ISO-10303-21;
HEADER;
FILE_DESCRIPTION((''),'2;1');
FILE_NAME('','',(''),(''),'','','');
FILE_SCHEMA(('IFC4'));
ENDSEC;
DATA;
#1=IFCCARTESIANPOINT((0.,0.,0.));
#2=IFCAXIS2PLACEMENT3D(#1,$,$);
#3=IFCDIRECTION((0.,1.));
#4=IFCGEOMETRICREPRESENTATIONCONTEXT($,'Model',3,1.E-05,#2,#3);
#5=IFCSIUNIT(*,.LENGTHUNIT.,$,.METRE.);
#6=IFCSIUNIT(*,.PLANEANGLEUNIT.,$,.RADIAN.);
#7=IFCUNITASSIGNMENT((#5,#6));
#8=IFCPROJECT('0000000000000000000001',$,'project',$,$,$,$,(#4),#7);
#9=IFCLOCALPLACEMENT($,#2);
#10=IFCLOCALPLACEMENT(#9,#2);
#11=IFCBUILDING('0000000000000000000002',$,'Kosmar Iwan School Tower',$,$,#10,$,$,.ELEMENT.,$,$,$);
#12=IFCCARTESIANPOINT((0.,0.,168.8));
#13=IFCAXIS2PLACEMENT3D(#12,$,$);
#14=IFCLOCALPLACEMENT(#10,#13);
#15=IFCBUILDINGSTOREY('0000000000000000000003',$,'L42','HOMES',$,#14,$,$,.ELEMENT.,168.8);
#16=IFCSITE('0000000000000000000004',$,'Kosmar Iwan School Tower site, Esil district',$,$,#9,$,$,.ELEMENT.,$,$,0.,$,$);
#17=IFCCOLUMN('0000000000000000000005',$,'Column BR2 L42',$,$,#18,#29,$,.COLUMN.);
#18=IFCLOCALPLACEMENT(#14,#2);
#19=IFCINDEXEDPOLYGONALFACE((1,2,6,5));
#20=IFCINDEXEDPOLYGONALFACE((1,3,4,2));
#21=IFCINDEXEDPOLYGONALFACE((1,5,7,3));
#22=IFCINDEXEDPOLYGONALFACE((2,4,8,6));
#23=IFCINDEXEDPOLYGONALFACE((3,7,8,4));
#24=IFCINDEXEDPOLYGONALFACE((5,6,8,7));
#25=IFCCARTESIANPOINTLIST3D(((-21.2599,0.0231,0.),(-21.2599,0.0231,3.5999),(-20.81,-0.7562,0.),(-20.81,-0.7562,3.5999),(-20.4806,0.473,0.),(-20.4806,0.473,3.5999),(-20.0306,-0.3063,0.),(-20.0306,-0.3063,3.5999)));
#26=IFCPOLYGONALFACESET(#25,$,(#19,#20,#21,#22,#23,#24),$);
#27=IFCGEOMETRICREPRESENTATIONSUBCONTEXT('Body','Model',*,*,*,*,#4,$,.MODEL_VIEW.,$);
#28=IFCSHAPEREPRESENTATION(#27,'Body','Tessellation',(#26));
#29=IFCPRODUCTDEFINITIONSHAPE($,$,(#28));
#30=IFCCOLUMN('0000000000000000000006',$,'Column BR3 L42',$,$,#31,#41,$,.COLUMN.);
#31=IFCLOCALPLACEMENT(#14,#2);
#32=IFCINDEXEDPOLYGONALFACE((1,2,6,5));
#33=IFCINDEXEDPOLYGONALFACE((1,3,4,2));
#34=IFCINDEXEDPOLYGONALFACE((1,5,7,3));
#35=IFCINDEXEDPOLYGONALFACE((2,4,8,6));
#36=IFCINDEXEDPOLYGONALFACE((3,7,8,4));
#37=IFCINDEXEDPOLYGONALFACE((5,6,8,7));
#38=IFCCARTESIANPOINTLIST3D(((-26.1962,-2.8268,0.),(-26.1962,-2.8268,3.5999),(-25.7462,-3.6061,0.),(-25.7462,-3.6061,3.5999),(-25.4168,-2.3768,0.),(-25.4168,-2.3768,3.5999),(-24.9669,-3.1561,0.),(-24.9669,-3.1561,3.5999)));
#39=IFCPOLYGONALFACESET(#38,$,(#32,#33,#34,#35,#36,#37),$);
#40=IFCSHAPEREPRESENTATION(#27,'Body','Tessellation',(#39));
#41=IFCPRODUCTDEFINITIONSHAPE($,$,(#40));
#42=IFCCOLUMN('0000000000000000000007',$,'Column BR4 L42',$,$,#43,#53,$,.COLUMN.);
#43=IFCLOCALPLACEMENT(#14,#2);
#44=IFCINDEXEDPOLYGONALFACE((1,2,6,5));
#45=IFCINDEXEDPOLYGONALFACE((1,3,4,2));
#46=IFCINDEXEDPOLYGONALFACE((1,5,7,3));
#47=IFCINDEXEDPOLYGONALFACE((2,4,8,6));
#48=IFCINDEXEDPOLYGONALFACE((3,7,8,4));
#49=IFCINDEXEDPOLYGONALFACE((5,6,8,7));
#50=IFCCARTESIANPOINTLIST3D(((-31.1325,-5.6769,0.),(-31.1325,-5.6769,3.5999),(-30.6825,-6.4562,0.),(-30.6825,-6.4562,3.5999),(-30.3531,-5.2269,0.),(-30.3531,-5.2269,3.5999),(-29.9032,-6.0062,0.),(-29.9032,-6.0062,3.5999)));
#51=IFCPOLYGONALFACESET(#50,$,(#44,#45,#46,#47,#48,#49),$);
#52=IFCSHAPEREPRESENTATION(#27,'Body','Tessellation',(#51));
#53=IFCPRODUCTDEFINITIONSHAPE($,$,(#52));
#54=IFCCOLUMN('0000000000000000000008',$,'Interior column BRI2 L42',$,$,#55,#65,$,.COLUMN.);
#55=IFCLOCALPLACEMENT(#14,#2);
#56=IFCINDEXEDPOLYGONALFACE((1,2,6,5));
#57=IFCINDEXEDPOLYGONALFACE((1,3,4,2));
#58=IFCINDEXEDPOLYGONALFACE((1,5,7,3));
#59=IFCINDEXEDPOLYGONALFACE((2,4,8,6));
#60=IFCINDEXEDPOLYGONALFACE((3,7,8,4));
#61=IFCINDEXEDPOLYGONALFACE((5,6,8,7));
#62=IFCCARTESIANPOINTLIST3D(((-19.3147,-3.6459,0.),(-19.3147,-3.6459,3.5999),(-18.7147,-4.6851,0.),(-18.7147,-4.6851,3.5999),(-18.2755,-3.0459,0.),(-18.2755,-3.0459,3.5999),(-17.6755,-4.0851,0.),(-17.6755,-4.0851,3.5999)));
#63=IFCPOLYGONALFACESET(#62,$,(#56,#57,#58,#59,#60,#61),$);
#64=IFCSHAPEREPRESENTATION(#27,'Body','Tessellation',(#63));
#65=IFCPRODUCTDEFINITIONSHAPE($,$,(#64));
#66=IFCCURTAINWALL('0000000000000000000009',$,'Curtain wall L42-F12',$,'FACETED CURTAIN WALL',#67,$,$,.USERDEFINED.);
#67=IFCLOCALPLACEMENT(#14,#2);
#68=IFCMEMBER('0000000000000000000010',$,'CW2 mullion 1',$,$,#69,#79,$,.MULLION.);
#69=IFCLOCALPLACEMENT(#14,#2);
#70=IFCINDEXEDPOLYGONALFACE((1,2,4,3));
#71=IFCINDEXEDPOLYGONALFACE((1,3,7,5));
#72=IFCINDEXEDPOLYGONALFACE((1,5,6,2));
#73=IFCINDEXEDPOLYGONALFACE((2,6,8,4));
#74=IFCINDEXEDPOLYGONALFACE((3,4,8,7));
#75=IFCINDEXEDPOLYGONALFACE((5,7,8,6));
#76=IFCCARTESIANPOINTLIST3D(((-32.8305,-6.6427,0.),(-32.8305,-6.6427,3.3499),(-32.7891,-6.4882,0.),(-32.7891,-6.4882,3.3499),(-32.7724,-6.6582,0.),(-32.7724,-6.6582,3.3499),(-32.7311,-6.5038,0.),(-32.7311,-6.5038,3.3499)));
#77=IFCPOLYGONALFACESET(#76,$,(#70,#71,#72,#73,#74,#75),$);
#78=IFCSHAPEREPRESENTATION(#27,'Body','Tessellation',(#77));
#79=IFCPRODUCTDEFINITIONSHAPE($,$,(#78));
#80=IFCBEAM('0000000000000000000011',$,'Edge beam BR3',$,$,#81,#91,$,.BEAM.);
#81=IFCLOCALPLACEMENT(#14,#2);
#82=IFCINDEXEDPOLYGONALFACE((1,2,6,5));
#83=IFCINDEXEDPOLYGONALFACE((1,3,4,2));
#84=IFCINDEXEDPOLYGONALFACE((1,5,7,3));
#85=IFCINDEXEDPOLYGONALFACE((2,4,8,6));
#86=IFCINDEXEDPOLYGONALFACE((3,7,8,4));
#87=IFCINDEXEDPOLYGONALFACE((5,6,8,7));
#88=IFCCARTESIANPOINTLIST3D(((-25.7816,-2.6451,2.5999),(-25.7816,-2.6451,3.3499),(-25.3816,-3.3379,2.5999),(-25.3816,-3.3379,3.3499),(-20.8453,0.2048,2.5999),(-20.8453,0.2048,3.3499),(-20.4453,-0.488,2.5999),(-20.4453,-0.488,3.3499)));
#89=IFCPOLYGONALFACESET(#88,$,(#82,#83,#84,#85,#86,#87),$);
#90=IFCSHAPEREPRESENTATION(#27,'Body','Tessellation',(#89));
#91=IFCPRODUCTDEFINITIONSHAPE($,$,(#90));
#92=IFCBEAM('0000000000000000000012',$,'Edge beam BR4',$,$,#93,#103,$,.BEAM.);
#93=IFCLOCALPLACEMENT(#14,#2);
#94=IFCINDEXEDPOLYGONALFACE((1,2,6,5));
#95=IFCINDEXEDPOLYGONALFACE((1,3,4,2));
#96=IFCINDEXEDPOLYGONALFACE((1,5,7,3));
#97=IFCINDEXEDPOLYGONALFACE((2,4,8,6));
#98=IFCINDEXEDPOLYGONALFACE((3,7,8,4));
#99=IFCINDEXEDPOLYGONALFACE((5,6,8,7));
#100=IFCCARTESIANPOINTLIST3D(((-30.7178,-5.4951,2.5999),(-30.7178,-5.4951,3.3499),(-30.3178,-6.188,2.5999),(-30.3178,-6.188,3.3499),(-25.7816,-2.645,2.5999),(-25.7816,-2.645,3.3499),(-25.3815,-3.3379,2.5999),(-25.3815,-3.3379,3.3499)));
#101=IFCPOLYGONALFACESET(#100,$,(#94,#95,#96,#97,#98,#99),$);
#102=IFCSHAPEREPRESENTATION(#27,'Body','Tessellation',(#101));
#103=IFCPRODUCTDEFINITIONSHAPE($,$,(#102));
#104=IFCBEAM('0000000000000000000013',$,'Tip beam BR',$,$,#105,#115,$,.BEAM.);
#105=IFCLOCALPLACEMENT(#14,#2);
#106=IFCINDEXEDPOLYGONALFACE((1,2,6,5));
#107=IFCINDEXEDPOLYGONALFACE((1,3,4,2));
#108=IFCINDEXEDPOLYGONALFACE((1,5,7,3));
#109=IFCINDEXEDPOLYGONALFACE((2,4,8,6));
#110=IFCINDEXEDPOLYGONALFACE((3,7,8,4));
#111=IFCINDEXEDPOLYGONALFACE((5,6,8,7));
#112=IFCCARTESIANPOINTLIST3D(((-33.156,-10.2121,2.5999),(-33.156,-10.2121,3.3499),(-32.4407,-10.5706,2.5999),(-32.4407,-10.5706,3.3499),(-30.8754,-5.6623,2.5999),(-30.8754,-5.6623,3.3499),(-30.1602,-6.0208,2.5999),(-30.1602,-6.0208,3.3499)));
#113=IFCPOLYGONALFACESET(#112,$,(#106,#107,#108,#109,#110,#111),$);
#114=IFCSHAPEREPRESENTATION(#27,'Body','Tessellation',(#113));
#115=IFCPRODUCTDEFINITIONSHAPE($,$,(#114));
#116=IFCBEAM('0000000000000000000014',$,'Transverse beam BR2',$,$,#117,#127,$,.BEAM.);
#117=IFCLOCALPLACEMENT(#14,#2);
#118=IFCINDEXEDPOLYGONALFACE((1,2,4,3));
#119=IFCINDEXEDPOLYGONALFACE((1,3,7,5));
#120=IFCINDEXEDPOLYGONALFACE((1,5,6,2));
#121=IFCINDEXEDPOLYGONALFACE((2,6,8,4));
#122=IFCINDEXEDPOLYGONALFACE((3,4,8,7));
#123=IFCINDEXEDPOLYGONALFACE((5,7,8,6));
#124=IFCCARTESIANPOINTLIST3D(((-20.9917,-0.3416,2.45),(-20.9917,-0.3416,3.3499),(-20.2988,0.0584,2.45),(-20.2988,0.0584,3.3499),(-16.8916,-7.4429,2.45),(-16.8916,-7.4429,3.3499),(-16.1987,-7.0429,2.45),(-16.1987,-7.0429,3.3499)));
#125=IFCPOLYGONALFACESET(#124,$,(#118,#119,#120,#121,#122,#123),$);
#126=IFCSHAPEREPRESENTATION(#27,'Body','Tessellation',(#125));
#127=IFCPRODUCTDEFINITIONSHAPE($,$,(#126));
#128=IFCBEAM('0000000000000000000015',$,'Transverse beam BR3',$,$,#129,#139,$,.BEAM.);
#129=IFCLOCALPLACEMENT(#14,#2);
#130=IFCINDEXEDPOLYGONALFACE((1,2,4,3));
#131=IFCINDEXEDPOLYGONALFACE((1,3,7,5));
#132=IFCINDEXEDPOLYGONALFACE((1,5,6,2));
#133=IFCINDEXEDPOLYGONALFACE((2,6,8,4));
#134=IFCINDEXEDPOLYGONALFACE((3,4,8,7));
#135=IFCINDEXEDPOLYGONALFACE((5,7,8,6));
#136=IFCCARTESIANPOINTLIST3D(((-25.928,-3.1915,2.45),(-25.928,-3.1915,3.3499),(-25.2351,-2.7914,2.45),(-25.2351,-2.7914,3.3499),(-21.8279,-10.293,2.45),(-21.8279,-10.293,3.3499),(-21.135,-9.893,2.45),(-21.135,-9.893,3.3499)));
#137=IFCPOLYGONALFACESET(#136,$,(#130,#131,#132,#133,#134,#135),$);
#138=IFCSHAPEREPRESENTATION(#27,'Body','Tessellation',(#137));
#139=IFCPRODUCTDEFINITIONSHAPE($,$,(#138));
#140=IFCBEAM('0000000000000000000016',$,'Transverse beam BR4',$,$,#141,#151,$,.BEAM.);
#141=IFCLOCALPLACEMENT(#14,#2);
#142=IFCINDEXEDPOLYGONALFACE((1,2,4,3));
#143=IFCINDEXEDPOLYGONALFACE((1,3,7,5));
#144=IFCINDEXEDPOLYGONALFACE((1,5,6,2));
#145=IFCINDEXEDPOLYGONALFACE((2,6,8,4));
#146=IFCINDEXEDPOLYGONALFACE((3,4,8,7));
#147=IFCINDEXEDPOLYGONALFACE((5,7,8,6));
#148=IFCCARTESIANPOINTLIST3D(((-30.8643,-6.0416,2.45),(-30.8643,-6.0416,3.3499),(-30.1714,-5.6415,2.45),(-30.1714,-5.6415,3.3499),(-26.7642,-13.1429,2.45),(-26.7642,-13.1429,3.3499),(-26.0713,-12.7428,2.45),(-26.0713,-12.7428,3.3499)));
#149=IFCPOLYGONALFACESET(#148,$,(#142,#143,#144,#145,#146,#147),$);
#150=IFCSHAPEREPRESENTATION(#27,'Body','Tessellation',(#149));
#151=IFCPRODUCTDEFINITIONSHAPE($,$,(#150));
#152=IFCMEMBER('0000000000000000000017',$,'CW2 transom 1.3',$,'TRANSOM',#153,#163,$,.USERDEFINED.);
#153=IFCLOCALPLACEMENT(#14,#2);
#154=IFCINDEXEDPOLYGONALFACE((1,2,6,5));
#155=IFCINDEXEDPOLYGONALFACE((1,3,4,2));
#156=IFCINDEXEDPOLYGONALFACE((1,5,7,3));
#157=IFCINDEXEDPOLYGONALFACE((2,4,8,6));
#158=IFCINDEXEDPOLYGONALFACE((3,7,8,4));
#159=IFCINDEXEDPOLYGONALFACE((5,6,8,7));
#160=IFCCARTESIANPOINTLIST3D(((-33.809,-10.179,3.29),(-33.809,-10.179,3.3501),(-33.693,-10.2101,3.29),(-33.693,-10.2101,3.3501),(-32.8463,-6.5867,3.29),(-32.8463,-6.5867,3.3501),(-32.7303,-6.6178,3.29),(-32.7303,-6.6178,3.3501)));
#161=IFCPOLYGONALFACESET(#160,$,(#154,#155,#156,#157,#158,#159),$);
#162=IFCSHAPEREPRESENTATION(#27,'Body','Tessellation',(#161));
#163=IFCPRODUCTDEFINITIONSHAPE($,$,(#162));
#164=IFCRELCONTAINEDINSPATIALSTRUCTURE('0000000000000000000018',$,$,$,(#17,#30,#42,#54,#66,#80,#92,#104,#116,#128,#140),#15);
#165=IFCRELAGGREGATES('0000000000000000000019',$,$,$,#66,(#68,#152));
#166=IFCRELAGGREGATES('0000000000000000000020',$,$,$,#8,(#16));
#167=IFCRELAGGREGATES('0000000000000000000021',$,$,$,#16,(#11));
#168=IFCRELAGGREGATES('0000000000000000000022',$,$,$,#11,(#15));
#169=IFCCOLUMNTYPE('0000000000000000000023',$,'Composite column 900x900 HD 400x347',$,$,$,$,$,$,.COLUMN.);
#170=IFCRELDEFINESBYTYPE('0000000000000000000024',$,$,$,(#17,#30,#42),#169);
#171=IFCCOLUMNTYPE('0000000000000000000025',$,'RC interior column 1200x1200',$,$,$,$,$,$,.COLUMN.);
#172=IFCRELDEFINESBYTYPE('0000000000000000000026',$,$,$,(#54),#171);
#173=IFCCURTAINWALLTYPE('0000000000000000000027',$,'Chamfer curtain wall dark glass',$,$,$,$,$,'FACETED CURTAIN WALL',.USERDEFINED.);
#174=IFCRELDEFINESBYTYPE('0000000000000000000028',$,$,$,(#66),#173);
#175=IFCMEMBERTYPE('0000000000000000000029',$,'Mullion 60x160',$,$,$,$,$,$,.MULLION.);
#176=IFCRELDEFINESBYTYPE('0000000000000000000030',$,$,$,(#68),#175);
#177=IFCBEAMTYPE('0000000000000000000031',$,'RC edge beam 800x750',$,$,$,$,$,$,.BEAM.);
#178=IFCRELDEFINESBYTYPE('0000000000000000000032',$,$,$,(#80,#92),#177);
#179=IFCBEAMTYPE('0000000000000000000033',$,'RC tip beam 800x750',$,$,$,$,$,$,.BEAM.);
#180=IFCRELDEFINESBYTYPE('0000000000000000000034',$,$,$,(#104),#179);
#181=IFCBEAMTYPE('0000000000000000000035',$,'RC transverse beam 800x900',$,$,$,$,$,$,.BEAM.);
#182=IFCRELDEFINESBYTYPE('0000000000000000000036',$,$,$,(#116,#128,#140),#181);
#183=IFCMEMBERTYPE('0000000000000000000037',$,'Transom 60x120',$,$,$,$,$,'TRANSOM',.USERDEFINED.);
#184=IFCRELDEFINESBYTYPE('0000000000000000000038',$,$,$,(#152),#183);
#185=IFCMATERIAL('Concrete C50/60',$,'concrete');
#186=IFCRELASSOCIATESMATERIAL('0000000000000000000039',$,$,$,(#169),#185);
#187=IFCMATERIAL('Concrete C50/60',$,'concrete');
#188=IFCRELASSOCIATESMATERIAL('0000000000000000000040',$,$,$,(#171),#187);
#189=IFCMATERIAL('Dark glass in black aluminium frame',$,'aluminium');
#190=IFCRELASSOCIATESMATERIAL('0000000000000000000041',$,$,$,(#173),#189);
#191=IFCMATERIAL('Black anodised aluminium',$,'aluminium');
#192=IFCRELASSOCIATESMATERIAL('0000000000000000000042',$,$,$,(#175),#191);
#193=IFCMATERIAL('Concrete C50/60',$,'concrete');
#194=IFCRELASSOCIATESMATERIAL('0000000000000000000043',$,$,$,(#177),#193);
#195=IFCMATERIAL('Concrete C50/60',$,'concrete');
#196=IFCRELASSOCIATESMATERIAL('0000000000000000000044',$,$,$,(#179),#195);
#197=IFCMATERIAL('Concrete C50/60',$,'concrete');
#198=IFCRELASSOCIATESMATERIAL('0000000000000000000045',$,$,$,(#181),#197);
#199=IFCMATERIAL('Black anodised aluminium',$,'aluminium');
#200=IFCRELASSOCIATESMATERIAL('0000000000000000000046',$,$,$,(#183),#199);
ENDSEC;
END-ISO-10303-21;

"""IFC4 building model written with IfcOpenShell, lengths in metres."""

from ifc_helpers import new_model, si_unit, direction, frame, origin, origin_2d, place, context, subcontext, project, spatial, rectangle, extrude, material, material_profile, profile_set, type_object, element, aggregate, save


model = new_model("IFC4")

# Units and contexts
model_context = context("Model", 3, precision=1e-05, world=origin(), true_north=direction((0.0, 1.0)))
body_context = subcontext(model_context, "Body", "Model", "MODEL_VIEW")
ifc_project = project(units=[si_unit("LENGTHUNIT", "METRE"), si_unit("PLANEANGLEUNIT", "RADIAN")], contexts=[model_context])

# Site, building, storey
site_placement = place(None, origin())
site = spatial("IfcSite", under=ifc_project, at=site_placement, Name="Kosmar Iwan School Tower site, Esil district", CompositionType="ELEMENT", RefElevation=0.0)
building_placement = place(site_placement, origin())
building = spatial("IfcBuilding", under=site, at=building_placement, Name="Kosmar Iwan School Tower", CompositionType="ELEMENT")
storey_placement = place(building_placement, frame((0.0, 0.0, 168.8)))
storey = spatial("IfcBuildingStorey", under=building, at=storey_placement, Name="L42", Description="HOMES", CompositionType="ELEMENT", Elevation=168.8)

# Columns
ifc_material_1 = material(Name="Concrete C50/60", Category="concrete")
ifc_material_profile_1 = material_profile(ifc_material_1, rectangle(XDim=0.8999, YDim=0.8999, at=origin_2d()), Name="RC 900x900 + HD 400x347")
ifc_profile_set_1 = profile_set([ifc_material_profile_1], Name="Concrete C50/60")
column_type_1 = type_object("IfcColumnType", Name="Composite column 900x900 HD 400x347", PredefinedType="COLUMN", material=ifc_profile_set_1)
for number, where, z_axis, x_axis, name in (
    (1, (-20.6453, -0.1416, 0.0), (0.0, 0.0, 1.0), (-0.866025, -0.5, 0.0), "Column BR2 L42"),
    (2, (-25.5815, -2.9915, 0.0), (0.0, 0.0, 1.0), (-0.866025, -0.5, 0.0), "Column BR3 L42"),
    (3, (-30.5178, -5.8416, 0.0), (0.0, 0.0, 1.0), (-0.866025, -0.5, 0.0), "Column BR4 L42"),
):
    element("IfcColumn", number, at=place(storey_placement, frame(where, z_axis=z_axis, x_axis=x_axis)), inside=storey, type_object=column_type_1, Name=name, PredefinedType="COLUMN", context=body_context, shape_type="SweptSolid", body=[
        extrude(rectangle(XDim=0.8999, YDim=0.8999, at=origin_2d()), origin(), (0.0, 0.0, 1.0), 3.5999),
    ])
ifc_material_2 = material(Name="Concrete C50/60", Category="concrete")
ifc_material_profile_2 = material_profile(ifc_material_2, rectangle(XDim=1.2, YDim=1.2, at=origin_2d()), Name="RC 1200x1200")
ifc_profile_set_2 = profile_set([ifc_material_profile_2], Name="Concrete C50/60")
column_type_2 = type_object("IfcColumnType", Name="RC interior column 1200x1200", PredefinedType="COLUMN", material=ifc_profile_set_2)
column_placement = place(storey_placement, frame((-18.4951, -3.8655, 0.0), z_axis=(0.0, 0.0, 1.0), x_axis=(-0.866025, -0.5, 0.0)))
element("IfcColumn", 4, at=column_placement, inside=storey, type_object=column_type_2, Name="Interior column BRI2 L42", PredefinedType="COLUMN", context=body_context, shape_type="SweptSolid", body=[
    extrude(rectangle(XDim=1.2, YDim=1.2, at=origin_2d()), origin(), (0.0, 0.0, 1.0), 3.5999),
])

# Curtain wall, member
ifc_material_3 = material(Name="Dark glass in black aluminium frame", Category="aluminium")
curtain_wall_type = type_object("IfcCurtainWallType", Name="Chamfer curtain wall dark glass", ElementType="FACETED CURTAIN WALL", PredefinedType="USERDEFINED", material=ifc_material_3)
curtain_wall_placement = place(storey_placement, origin())
curtain_wall = element("IfcCurtainWall", 5, at=curtain_wall_placement, inside=storey, type_object=curtain_wall_type, Name="Curtain wall L42-F12", ObjectType="FACETED CURTAIN WALL", PredefinedType="USERDEFINED")
ifc_material_4 = material(Name="Black anodised aluminium", Category="aluminium")
ifc_material_profile_3 = material_profile(ifc_material_4, rectangle(XDim=0.0601, YDim=0.1599, at=origin_2d()), Name="MULLION 60x160")
ifc_profile_set_3 = profile_set([ifc_material_profile_3], Name="Black anodised aluminium")
member_type_1 = type_object("IfcMemberType", Name="Mullion 60x160", PredefinedType="MULLION", material=ifc_profile_set_3)
member_1_placement = place(storey_placement, frame((-32.7808, -6.5732, 0.0), z_axis=(0.0, 0.0, 1.0), x_axis=(0.965926, -0.258819, 0.0)))
member_1 = element("IfcMember", 6, at=member_1_placement, type_object=member_type_1, Name="CW2 mullion 1", PredefinedType="MULLION", context=body_context, shape_type="SweptSolid", body=[
    extrude(rectangle(XDim=0.0601, YDim=0.1599, at=origin_2d()), origin(), (0.0, 0.0, 1.0), 3.3499),
])

# Beams
ifc_material_5 = material(Name="Concrete C50/60", Category="concrete")
ifc_material_profile_4 = material_profile(ifc_material_5, rectangle(XDim=0.8, YDim=0.75, at=origin_2d()), Name="RC 800x750")
ifc_profile_set_4 = profile_set([ifc_material_profile_4], Name="Concrete C50/60")
beam_type_1 = type_object("IfcBeamType", Name="RC edge beam 800x750", PredefinedType="BEAM", material=ifc_profile_set_4)
for number, where, z_axis, x_axis, name in (
    (7, (-20.6453, -0.1416, 2.9749), (-0.866034, -0.499986, 0.0), (0.499986, -0.866034, 0.0), "Edge beam BR3"),
    (8, (-25.5815, -2.9915, 2.9749), (-0.866015, -0.500018, 0.0), (0.500018, -0.866015, 0.0), "Edge beam BR4"),
):
    element("IfcBeam", number, at=place(storey_placement, frame(where, z_axis=z_axis, x_axis=x_axis)), inside=storey, type_object=beam_type_1, Name=name, PredefinedType="BEAM", context=body_context, shape_type="SweptSolid", body=[
        extrude(rectangle(XDim=0.8, YDim=0.75, at=origin_2d()), origin(), (0.0, 0.0, 1.0), 5.7),
    ])
ifc_material_6 = material(Name="Concrete C50/60", Category="concrete")
ifc_material_profile_5 = material_profile(ifc_material_6, rectangle(XDim=0.8, YDim=0.75, at=origin_2d()), Name="RC 800x750")
ifc_profile_set_5 = profile_set([ifc_material_profile_5], Name="Concrete C50/60")
beam_type_2 = type_object("IfcBeamType", Name="RC tip beam 800x750", PredefinedType="BEAM", material=ifc_profile_set_5)
beam_1_placement = place(storey_placement, frame((-30.5178, -5.8416, 2.9749), z_axis=(-0.448096, -0.893985, 0.0), x_axis=(0.893985, -0.448096, 0.0)))
element("IfcBeam", 9, at=beam_1_placement, inside=storey, type_object=beam_type_2, Name="Tip beam BR", PredefinedType="BEAM", context=body_context, shape_type="SweptSolid", body=[
    extrude(rectangle(XDim=0.8, YDim=0.75, at=origin_2d()), origin(), (0.0, 0.0, 1.0), 5.0894),
])
ifc_material_7 = material(Name="Concrete C50/60", Category="concrete")
ifc_material_profile_6 = material_profile(ifc_material_7, rectangle(XDim=0.8, YDim=0.8999, at=origin_2d()), Name="RC 800x900")
ifc_profile_set_6 = profile_set([ifc_material_profile_6], Name="Concrete C50/60")
beam_type_3 = type_object("IfcBeamType", Name="RC transverse beam 800x900", PredefinedType="BEAM", material=ifc_profile_set_6)
beam_2_placement = place(storey_placement, frame((-20.6453, -0.1416, 2.8999), z_axis=(0.500014, -0.866018, 0.0), x_axis=(0.866018, 0.500014, 0.0)))
element("IfcBeam", 10, at=beam_2_placement, inside=storey, type_object=beam_type_3, Name="Transverse beam BR2", PredefinedType="BEAM", context=body_context, shape_type="SweptSolid", body=[
    extrude(rectangle(XDim=0.8, YDim=0.8999, at=origin_2d()), origin(), (0.0, 0.0, 1.0), 8.2),
])
beam_3_placement = place(storey_placement, frame((-25.5815, -2.9915, 2.8999), z_axis=(0.500001, -0.866025, 0.0), x_axis=(0.866025, 0.500001, 0.0)))
element("IfcBeam", 11, at=beam_3_placement, inside=storey, type_object=beam_type_3, Name="Transverse beam BR3", PredefinedType="BEAM", context=body_context, shape_type="SweptSolid", body=[
    extrude(rectangle(XDim=0.8, YDim=0.8999, at=origin_2d()), origin(), (0.0, 0.0, 1.0), 8.2002),
])
beam_4_placement = place(storey_placement, frame((-30.5178, -5.8416, 2.8999), z_axis=(0.500014, -0.866018, 0.0), x_axis=(0.866018, 0.500014, 0.0)))
element("IfcBeam", 12, at=beam_4_placement, inside=storey, type_object=beam_type_3, Name="Transverse beam BR4", PredefinedType="BEAM", context=body_context, shape_type="SweptSolid", body=[
    extrude(rectangle(XDim=0.8, YDim=0.8999, at=origin_2d()), origin(), (0.0, 0.0, 1.0), 8.2),
])

# Member
ifc_material_8 = material(Name="Black anodised aluminium", Category="aluminium")
ifc_material_profile_7 = material_profile(ifc_material_8, rectangle(XDim=0.1201, YDim=0.0601, at=origin_2d()), Name="TRANSOM 60x120")
ifc_profile_set_7 = profile_set([ifc_material_profile_7], Name="Black anodised aluminium")
member_type_2 = type_object("IfcMemberType", Name="Transom 60x120", ElementType="TRANSOM", PredefinedType="USERDEFINED", material=ifc_profile_set_7)
member_2_placement = place(storey_placement, frame((-32.7883, -6.6023, 3.3201), z_axis=(-0.258843, -0.965919, 0.0), x_axis=(0.965919, -0.258843, 0.0)))
member_2 = element("IfcMember", 13, at=member_2_placement, type_object=member_type_2, Name="CW2 transom 1.3", ObjectType="TRANSOM", PredefinedType="USERDEFINED", context=body_context, shape_type="SweptSolid", body=[
    extrude(rectangle(XDim=0.1201, YDim=0.0601, at=origin_2d()), origin(), (0.0, 0.0, 1.0), 3.719),
])
aggregate(curtain_wall, [member_1, member_2])

save(model, "model.ifc")
